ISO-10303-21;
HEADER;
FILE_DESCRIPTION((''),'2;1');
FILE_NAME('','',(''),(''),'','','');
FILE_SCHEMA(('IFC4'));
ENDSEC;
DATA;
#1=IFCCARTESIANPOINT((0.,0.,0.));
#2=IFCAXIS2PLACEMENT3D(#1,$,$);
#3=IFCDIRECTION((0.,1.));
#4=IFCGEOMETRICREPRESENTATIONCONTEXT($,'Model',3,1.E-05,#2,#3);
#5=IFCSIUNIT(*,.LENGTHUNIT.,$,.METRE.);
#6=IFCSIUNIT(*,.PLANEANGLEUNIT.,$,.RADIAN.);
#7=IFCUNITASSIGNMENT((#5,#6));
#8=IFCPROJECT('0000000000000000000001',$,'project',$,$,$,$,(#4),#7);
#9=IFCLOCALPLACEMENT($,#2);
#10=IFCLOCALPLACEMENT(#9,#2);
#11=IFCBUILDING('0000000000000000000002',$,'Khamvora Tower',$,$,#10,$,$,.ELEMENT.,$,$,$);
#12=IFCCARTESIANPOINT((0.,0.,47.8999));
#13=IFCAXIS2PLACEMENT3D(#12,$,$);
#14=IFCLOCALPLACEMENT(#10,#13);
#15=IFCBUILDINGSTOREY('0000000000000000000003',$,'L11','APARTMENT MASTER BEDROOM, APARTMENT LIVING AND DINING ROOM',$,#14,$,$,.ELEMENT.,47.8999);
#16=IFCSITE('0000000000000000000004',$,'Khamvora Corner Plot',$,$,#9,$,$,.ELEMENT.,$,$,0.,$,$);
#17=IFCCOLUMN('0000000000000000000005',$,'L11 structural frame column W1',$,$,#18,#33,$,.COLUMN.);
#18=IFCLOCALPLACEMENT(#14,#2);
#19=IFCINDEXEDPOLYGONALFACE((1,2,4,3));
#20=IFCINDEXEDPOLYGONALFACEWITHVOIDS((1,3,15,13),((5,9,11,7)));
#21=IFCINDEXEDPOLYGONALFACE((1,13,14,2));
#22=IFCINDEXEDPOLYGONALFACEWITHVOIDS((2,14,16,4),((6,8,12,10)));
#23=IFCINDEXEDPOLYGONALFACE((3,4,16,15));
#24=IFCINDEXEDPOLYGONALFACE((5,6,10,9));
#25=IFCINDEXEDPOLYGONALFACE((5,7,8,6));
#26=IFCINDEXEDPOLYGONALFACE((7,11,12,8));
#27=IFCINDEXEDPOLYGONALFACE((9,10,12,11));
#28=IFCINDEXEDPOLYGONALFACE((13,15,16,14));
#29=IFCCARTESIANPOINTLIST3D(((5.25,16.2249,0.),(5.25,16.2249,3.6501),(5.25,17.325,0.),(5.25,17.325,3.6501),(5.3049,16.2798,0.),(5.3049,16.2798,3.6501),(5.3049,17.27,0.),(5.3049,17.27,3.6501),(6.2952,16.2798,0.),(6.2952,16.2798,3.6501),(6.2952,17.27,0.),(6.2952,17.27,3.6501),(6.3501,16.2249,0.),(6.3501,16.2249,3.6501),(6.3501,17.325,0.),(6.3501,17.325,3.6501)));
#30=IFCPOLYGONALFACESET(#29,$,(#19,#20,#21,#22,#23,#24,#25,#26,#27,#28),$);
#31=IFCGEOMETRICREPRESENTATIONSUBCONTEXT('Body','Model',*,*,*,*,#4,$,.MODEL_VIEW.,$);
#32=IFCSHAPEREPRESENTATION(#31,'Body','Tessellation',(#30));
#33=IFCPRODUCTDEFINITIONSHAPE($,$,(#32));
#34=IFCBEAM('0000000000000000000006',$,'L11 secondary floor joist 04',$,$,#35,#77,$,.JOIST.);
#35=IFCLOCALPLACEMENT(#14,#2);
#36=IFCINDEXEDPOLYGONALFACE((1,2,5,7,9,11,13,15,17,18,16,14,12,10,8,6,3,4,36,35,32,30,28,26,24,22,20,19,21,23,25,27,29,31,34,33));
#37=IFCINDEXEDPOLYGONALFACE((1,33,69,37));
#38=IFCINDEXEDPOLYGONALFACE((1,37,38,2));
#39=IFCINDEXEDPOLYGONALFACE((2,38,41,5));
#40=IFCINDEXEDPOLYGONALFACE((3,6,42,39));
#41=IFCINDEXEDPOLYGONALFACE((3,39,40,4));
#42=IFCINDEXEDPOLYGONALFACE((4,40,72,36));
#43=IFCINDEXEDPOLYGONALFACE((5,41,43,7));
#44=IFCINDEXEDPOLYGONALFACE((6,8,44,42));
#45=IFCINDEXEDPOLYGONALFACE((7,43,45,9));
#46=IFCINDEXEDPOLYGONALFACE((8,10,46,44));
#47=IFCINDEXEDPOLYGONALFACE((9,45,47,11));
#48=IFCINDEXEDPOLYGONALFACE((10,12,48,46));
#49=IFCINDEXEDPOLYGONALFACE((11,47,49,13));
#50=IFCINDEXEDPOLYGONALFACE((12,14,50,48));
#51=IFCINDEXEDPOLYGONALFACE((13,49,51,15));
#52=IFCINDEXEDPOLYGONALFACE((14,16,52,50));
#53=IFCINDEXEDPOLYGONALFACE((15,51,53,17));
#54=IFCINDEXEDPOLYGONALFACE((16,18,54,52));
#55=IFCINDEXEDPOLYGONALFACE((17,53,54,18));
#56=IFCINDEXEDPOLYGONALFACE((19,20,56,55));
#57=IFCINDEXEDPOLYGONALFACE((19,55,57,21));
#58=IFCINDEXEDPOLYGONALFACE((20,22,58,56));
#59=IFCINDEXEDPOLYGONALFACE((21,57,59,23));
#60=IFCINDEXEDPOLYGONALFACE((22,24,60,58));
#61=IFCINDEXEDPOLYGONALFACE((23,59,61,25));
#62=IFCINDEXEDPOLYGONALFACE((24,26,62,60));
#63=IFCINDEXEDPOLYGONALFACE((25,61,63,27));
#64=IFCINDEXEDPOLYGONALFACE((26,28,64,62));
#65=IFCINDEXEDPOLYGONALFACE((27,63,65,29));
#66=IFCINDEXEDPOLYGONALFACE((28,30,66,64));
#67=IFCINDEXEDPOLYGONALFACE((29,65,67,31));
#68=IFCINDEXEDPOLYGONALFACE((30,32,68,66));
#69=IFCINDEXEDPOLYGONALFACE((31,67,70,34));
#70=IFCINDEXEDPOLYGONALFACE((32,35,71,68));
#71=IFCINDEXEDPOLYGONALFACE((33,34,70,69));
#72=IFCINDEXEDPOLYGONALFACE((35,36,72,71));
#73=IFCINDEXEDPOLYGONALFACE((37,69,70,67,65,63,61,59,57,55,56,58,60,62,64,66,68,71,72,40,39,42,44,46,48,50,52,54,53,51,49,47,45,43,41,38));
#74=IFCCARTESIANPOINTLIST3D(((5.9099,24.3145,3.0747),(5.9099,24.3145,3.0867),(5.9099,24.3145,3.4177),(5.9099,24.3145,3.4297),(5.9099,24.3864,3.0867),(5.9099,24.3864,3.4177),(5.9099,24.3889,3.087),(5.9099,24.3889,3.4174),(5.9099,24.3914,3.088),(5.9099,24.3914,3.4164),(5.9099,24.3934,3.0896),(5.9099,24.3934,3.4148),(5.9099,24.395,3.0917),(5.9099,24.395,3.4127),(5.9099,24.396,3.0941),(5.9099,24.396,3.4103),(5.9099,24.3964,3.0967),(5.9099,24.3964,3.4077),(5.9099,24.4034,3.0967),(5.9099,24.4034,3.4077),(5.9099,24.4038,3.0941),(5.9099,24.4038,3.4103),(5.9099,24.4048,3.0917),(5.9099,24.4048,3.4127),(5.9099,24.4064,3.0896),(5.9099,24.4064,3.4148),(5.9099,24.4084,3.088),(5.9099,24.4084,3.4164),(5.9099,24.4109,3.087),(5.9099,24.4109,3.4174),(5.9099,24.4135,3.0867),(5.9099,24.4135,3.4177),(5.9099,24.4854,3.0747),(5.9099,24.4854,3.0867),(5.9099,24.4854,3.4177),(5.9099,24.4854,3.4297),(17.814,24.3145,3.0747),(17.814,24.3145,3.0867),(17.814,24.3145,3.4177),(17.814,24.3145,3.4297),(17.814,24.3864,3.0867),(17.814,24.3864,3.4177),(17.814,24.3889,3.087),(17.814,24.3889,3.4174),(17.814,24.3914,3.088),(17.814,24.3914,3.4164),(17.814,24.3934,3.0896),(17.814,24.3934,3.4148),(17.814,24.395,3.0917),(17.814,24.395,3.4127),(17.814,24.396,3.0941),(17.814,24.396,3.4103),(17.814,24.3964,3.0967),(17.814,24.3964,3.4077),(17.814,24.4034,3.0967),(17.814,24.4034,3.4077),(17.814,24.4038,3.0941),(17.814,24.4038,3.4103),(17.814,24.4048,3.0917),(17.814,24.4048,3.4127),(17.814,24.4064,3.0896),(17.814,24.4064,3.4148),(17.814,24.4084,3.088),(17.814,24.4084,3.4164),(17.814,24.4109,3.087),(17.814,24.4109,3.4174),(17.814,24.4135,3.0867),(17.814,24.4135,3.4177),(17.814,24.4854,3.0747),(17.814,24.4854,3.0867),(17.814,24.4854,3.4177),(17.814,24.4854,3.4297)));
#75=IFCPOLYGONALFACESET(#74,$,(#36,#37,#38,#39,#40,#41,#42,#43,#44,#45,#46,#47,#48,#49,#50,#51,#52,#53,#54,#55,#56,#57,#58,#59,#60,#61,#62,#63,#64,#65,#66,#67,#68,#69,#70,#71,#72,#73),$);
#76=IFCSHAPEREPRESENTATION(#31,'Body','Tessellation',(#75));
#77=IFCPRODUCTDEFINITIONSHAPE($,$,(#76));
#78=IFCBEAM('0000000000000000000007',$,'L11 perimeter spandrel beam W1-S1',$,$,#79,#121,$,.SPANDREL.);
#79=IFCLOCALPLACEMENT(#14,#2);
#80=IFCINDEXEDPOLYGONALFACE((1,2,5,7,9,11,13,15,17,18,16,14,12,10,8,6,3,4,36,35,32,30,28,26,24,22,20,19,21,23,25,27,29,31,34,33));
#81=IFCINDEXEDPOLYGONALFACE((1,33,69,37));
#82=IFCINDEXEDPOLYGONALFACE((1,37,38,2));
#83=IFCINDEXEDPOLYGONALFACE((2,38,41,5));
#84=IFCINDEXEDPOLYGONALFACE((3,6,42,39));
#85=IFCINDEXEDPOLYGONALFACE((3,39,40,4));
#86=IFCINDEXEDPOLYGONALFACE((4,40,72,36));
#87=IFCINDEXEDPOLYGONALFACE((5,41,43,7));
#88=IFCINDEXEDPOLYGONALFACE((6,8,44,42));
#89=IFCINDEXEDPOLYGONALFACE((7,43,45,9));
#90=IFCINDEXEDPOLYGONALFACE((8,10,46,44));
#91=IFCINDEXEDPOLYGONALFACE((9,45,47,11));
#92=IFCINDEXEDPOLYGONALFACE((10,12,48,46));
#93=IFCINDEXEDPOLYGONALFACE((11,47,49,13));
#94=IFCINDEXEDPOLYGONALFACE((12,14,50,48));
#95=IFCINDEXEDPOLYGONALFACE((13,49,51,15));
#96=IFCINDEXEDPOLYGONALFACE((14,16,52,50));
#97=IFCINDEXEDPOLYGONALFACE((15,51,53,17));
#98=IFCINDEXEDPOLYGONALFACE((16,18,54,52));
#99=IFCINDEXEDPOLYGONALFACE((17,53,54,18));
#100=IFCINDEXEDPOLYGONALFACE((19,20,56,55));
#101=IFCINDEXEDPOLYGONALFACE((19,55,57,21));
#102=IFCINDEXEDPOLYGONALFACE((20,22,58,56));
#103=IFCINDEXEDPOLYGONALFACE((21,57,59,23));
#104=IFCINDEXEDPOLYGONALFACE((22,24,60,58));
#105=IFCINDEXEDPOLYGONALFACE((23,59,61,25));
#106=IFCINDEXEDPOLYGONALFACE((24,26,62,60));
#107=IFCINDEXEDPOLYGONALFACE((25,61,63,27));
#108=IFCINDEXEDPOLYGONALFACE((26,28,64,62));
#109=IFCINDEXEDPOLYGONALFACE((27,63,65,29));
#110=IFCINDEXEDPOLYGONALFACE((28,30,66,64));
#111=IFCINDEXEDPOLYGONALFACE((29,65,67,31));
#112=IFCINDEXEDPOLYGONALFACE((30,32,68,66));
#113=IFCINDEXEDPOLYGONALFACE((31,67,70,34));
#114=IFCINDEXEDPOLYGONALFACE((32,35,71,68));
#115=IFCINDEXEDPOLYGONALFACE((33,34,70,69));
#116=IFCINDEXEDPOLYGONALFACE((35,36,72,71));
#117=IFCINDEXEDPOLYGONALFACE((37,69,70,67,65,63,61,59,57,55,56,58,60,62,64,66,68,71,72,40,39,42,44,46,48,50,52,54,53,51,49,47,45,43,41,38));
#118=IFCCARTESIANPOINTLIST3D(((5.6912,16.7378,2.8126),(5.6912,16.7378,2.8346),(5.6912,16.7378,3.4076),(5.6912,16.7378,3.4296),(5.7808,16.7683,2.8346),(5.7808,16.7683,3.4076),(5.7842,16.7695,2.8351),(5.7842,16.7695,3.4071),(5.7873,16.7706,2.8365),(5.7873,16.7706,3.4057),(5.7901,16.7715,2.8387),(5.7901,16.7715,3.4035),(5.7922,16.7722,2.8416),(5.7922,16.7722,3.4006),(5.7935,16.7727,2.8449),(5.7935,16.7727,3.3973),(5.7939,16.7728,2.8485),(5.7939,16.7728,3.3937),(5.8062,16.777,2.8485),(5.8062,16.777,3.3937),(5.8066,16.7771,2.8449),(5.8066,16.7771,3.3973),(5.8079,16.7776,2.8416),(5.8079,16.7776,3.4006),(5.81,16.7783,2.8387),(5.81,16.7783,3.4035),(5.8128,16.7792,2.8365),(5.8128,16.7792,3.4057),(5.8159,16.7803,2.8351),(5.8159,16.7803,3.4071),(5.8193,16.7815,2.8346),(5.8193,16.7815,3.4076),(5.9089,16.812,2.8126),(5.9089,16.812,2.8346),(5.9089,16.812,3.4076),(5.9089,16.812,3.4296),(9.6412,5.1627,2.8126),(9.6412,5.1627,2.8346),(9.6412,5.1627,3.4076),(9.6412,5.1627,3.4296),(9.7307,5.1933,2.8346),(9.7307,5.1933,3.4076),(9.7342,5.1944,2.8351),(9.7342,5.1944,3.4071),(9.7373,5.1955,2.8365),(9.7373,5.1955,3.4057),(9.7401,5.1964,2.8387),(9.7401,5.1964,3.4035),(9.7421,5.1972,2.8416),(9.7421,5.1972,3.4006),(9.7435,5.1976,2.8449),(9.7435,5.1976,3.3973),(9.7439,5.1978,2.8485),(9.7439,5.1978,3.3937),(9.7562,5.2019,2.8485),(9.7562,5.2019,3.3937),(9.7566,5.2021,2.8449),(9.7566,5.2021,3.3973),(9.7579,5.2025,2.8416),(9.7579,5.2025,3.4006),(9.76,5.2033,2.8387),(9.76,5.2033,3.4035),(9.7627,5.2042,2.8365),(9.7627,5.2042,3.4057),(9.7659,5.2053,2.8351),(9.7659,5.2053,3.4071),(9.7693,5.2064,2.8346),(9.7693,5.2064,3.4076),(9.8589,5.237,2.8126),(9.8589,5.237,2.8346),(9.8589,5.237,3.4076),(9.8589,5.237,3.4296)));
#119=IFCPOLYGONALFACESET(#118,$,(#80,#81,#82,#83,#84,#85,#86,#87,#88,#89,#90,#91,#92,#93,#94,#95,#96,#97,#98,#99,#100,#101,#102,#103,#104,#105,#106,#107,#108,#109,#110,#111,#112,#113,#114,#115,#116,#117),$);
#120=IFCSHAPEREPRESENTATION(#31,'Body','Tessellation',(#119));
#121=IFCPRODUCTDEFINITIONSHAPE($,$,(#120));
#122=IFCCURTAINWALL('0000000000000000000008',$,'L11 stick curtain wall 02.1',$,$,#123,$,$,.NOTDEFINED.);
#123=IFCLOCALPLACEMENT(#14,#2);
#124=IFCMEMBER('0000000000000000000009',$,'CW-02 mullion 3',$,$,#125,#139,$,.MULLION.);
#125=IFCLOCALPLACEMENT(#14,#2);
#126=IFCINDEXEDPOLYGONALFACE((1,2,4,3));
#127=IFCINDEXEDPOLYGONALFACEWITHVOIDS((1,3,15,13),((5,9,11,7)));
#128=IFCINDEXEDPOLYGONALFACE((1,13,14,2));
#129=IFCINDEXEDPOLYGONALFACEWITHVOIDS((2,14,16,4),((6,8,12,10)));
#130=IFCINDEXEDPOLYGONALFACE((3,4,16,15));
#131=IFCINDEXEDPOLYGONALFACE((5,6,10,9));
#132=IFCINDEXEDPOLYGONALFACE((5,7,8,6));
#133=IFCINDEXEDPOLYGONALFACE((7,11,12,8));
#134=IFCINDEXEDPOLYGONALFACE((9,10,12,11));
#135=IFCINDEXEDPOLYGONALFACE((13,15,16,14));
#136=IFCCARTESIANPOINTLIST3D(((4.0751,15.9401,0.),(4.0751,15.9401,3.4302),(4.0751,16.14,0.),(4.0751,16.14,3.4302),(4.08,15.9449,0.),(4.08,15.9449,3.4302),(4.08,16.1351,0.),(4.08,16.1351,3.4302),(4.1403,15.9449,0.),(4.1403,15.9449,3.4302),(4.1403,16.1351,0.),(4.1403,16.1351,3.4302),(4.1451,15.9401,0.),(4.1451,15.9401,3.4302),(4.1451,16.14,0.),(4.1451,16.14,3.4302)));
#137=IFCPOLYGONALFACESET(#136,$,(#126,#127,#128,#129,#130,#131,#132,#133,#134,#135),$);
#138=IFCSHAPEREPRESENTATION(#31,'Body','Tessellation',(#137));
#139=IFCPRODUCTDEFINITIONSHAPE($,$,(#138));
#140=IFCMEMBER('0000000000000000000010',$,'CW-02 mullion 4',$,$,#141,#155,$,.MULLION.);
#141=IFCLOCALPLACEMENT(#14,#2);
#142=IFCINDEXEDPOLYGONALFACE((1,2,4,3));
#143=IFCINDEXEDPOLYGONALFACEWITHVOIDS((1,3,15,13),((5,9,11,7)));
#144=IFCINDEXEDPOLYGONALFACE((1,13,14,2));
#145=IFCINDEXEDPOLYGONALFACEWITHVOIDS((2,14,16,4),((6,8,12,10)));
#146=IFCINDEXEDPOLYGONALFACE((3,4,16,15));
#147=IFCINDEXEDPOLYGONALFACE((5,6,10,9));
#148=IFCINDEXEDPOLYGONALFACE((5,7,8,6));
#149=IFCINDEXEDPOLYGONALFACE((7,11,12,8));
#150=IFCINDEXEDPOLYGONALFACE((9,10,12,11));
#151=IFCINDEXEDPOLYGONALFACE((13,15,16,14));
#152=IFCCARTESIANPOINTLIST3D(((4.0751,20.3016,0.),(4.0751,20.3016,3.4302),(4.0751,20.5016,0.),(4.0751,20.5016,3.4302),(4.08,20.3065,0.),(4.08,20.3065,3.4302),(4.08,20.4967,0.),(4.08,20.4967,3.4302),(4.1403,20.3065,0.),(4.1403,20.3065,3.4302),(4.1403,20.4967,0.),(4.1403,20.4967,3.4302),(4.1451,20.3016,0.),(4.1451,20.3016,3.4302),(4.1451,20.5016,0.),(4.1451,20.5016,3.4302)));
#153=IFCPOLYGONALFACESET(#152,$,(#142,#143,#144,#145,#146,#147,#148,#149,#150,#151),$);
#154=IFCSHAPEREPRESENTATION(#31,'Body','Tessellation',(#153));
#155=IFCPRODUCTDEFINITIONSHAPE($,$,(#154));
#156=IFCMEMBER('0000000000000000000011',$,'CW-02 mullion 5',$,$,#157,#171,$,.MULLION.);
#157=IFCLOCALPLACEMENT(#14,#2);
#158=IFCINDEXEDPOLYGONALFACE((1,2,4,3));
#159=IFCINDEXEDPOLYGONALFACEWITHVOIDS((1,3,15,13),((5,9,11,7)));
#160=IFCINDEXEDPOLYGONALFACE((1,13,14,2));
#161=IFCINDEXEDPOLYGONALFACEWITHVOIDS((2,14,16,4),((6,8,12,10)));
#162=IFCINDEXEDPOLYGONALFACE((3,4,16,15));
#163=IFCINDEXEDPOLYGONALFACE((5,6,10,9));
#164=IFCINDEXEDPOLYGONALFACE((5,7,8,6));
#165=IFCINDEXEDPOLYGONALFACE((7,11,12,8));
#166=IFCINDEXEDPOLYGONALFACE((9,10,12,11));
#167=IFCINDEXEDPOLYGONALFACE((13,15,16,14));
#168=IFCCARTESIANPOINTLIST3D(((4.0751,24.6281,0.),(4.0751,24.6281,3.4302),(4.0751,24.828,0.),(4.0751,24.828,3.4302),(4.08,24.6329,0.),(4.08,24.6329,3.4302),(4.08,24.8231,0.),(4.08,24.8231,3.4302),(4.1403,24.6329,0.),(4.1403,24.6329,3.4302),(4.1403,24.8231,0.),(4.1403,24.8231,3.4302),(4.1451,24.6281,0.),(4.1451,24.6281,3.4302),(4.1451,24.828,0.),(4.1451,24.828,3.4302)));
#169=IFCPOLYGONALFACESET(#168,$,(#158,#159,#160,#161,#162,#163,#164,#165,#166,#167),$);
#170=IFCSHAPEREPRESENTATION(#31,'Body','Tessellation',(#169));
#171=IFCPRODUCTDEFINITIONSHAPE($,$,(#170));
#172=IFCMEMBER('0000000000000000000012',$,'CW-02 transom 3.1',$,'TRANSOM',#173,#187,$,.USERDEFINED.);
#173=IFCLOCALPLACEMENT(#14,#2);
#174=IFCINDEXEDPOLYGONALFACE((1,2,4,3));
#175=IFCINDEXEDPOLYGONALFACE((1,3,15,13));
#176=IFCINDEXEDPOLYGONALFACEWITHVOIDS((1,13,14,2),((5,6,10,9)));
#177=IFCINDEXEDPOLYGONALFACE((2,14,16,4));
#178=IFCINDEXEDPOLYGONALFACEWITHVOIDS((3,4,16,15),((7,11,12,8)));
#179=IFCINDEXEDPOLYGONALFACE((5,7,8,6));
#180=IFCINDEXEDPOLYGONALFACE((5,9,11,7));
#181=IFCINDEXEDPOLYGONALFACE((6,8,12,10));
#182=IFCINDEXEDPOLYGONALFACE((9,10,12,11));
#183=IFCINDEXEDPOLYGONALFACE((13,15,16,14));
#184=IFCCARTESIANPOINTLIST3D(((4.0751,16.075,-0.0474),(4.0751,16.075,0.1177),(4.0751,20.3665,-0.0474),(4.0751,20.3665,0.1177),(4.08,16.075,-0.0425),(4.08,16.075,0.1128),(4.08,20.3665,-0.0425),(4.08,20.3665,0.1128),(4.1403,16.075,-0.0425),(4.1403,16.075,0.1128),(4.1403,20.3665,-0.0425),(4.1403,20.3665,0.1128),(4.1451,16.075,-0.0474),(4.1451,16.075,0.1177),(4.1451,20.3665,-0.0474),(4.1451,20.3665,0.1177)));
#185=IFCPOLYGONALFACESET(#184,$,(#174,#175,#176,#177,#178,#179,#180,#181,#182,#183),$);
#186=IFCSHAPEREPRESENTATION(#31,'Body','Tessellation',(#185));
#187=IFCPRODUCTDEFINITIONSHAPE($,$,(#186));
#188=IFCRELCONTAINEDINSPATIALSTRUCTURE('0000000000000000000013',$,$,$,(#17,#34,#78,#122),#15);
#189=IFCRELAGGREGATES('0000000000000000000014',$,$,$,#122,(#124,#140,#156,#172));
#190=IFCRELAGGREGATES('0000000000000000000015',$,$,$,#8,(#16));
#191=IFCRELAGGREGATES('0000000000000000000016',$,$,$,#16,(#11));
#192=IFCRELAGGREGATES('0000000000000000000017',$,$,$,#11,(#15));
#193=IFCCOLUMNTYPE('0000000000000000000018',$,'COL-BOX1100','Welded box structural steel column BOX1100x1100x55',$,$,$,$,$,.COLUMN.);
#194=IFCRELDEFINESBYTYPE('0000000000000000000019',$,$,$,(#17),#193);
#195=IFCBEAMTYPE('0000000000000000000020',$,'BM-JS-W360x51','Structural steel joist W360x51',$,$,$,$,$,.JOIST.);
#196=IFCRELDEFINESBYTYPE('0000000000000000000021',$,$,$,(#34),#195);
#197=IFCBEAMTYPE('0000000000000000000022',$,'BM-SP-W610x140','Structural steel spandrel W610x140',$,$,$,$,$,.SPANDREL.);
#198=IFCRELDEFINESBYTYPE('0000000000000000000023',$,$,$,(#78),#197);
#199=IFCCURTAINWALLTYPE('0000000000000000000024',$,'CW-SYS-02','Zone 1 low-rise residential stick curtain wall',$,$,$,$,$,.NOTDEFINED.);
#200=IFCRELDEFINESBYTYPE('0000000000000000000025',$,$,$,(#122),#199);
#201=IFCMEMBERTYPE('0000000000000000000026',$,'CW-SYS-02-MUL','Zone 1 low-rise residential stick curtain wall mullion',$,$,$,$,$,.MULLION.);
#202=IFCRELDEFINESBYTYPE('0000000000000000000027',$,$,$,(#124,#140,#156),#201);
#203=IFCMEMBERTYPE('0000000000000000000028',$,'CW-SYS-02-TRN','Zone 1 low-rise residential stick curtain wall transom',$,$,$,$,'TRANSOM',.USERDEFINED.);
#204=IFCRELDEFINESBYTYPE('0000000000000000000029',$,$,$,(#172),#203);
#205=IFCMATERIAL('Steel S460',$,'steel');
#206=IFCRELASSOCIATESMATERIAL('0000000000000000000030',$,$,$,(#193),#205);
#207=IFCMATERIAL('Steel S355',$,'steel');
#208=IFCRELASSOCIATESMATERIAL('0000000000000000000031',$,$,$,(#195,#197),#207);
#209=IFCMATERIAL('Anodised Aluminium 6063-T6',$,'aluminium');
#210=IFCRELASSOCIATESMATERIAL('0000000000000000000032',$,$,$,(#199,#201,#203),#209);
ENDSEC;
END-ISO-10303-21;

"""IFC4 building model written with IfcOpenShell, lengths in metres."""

from ifc_helpers import new_model, si_unit, direction, frame, origin, origin_2d, place, context, subcontext, project, spatial, hollow_rectangle, i_section, extrude, material, material_profile, profile_set, type_object, element, aggregate, save


model = new_model("IFC4")

# Units and contexts
model_context = context("Model", 3, precision=1e-05, world=origin(), true_north=direction((0.0, 1.0)))
body_context = subcontext(model_context, "Body", "Model", "MODEL_VIEW")
ifc_project = project(units=[si_unit("LENGTHUNIT", "METRE"), si_unit("PLANEANGLEUNIT", "RADIAN")], contexts=[model_context])

# Site, building, storey
site_placement = place(None, origin())
site = spatial("IfcSite", under=ifc_project, at=site_placement, Name="Khamvora Corner Plot", CompositionType="ELEMENT", RefElevation=0.0)
building_placement = place(site_placement, origin())
building = spatial("IfcBuilding", under=site, at=building_placement, Name="Khamvora Tower", CompositionType="ELEMENT")
storey_placement = place(building_placement, frame((0.0, 0.0, 47.8999)))
storey = spatial("IfcBuildingStorey", under=building, at=storey_placement, Name="L11", Description="APARTMENT MASTER BEDROOM, APARTMENT LIVING AND DINING ROOM", CompositionType="ELEMENT", Elevation=47.8999)

# Column
ifc_material_1 = material(Name="Steel S460", Category="steel")
ifc_material_profile_1 = material_profile(ifc_material_1, hollow_rectangle(XDim=1.1001, YDim=1.1001, WallThickness=0.0549, at=origin_2d()), Name="BOX1100x1100x55")
ifc_profile_set_1 = profile_set([ifc_material_profile_1], Name="Steel S460")
column_type = type_object("IfcColumnType", Name="COL-BOX1100", Description="Welded box structural steel column BOX1100x1100x55", PredefinedType="COLUMN", material=ifc_profile_set_1)
column_placement = place(storey_placement, frame((5.8, 16.7749, 0.0), z_axis=(0.0, 0.0, 1.0), x_axis=(1.0, 0.0, 0.0)))
element("IfcColumn", 1, at=column_placement, inside=storey, type_object=column_type, Name="L11 structural frame column W1", PredefinedType="COLUMN", context=body_context, shape_type="SweptSolid", body=[
    extrude(hollow_rectangle(XDim=1.1001, YDim=1.1001, WallThickness=0.0549, at=origin_2d()), origin(), (0.0, 0.0, 1.0), 3.6501),
])

# Beams
ifc_material_2 = material(Name="Steel S355", Category="steel")
ifc_material_profile_2 = material_profile(ifc_material_2, i_section(OverallWidth=0.1709, OverallDepth=0.355, WebThickness=0.0071, FlangeThickness=0.012, FilletRadius=0.01, at=origin_2d()), Name="W360x51")
ifc_profile_set_2 = profile_set([ifc_material_profile_2], Name="Steel S355")
beam_type_1 = type_object("IfcBeamType", Name="BM-JS-W360x51", Description="Structural steel joist W360x51", PredefinedType="JOIST", material=ifc_profile_set_2)
beam_1_placement = place(storey_placement, frame((5.9099, 24.3999, 3.2522), z_axis=(1.0, 0.0, 0.0), x_axis=(0.0, 1.0, 0.0)))
element("IfcBeam", 2, at=beam_1_placement, inside=storey, type_object=beam_type_1, Name="L11 secondary floor joist 04", PredefinedType="JOIST", context=body_context, shape_type="SweptSolid", body=[
    extrude(i_section(OverallWidth=0.1709, OverallDepth=0.355, WebThickness=0.0071, FlangeThickness=0.012, FilletRadius=0.01, at=origin_2d()), origin(), (0.0, 0.0, 1.0), 11.9041),
])
ifc_material_profile_3 = material_profile(ifc_material_2, i_section(OverallWidth=0.23, OverallDepth=0.6169, WebThickness=0.0129, FlangeThickness=0.022, FilletRadius=0.0139, at=origin_2d()), Name="W610x140")
ifc_profile_set_3 = profile_set([ifc_material_profile_3], Name="Steel S355")
beam_type_2 = type_object("IfcBeamType", Name="BM-SP-W610x140", Description="Structural steel spandrel W610x140", PredefinedType="SPANDREL", material=ifc_profile_set_3)
beam_2_placement = place(storey_placement, frame((5.8, 16.7749, 3.1211), z_axis=(0.322963, -0.946412, 0.0), x_axis=(0.946412, 0.322963, 0.0)))
element("IfcBeam", 3, at=beam_2_placement, inside=storey, type_object=beam_type_2, Name="L11 perimeter spandrel beam W1-S1", PredefinedType="SPANDREL", context=body_context, shape_type="SweptSolid", body=[
    extrude(i_section(OverallWidth=0.23, OverallDepth=0.6169, WebThickness=0.0129, FlangeThickness=0.022, FilletRadius=0.0139, at=origin_2d()), origin(), (0.0, 0.0, 1.0), 12.2305),
])

# Curtain wall, members
ifc_material_3 = material(Name="Anodised Aluminium 6063-T6", Category="aluminium")
curtain_wall_type = type_object("IfcCurtainWallType", Name="CW-SYS-02", Description="Zone 1 low-rise residential stick curtain wall", PredefinedType="NOTDEFINED", material=ifc_material_3)
curtain_wall_placement = place(storey_placement, origin())
curtain_wall = element("IfcCurtainWall", 4, at=curtain_wall_placement, inside=storey, type_object=curtain_wall_type, Name="L11 stick curtain wall 02.1", PredefinedType="NOTDEFINED")
ifc_material_profile_4 = material_profile(ifc_material_3, hollow_rectangle(XDim=0.0701, YDim=0.2, WallThickness=0.0049, at=origin_2d()), Name="MUL70x200x5")
ifc_profile_set_4 = profile_set([ifc_material_profile_4], Name="Anodised Aluminium 6063-T6")
member_type_1 = type_object("IfcMemberType", Name="CW-SYS-02-MUL", Description="Zone 1 low-rise residential stick curtain wall mullion", PredefinedType="MULLION", material=ifc_profile_set_4)
member_1_placement = place(storey_placement, frame((4.1101, 16.04, 0.0), z_axis=(0.0, 0.0, 1.0), x_axis=(-1.0, 0.0, 0.0)))
member_1 = element("IfcMember", 5, at=member_1_placement, type_object=member_type_1, Name="CW-02 mullion 3", PredefinedType="MULLION", context=body_context, shape_type="SweptSolid", body=[
    extrude(hollow_rectangle(XDim=0.0701, YDim=0.2, WallThickness=0.0049, at=origin_2d()), origin(), (0.0, 0.0, 1.0), 3.4302),
])
member_2_placement = place(storey_placement, frame((4.1101, 20.4016, 0.0), z_axis=(0.0, 0.0, 1.0), x_axis=(-1.0, 0.0, 0.0)))
member_2 = element("IfcMember", 6, at=member_2_placement, type_object=member_type_1, Name="CW-02 mullion 4", PredefinedType="MULLION", context=body_context, shape_type="SweptSolid", body=[
    extrude(hollow_rectangle(XDim=0.0701, YDim=0.2, WallThickness=0.0049, at=origin_2d()), origin(), (0.0, 0.0, 1.0), 3.4302),
])
member_3_placement = place(storey_placement, frame((4.1101, 24.728, 0.0), z_axis=(0.0, 0.0, 1.0), x_axis=(-1.0, 0.0, 0.0)))
member_3 = element("IfcMember", 7, at=member_3_placement, type_object=member_type_1, Name="CW-02 mullion 5", PredefinedType="MULLION", context=body_context, shape_type="SweptSolid", body=[
    extrude(hollow_rectangle(XDim=0.0701, YDim=0.2, WallThickness=0.0049, at=origin_2d()), origin(), (0.0, 0.0, 1.0), 3.4302),
])
ifc_material_profile_5 = material_profile(ifc_material_3, hollow_rectangle(XDim=0.0701, YDim=0.165, WallThickness=0.0049, at=origin_2d()), Name="TRN70x165x5")
ifc_profile_set_5 = profile_set([ifc_material_profile_5], Name="Anodised Aluminium 6063-T6")
member_type_2 = type_object("IfcMemberType", Name="CW-SYS-02-TRN", Description="Zone 1 low-rise residential stick curtain wall transom", ElementType="TRANSOM", PredefinedType="USERDEFINED", material=ifc_profile_set_5)
member_4_placement = place(storey_placement, frame((4.1101, 16.075, 0.0352), z_axis=(0.0, 1.0, 0.0), x_axis=(-1.0, 0.0, 0.0)))
member_4 = element("IfcMember", 8, at=member_4_placement, type_object=member_type_2, Name="CW-02 transom 3.1", ObjectType="TRANSOM", PredefinedType="USERDEFINED", context=body_context, shape_type="SweptSolid", body=[
    extrude(hollow_rectangle(XDim=0.0701, YDim=0.165, WallThickness=0.0049, at=origin_2d()), origin(), (0.0, 0.0, 1.0), 4.2915),
])
aggregate(curtain_wall, [member_1, member_2, member_3, member_4])

save(model, "model.ifc")
